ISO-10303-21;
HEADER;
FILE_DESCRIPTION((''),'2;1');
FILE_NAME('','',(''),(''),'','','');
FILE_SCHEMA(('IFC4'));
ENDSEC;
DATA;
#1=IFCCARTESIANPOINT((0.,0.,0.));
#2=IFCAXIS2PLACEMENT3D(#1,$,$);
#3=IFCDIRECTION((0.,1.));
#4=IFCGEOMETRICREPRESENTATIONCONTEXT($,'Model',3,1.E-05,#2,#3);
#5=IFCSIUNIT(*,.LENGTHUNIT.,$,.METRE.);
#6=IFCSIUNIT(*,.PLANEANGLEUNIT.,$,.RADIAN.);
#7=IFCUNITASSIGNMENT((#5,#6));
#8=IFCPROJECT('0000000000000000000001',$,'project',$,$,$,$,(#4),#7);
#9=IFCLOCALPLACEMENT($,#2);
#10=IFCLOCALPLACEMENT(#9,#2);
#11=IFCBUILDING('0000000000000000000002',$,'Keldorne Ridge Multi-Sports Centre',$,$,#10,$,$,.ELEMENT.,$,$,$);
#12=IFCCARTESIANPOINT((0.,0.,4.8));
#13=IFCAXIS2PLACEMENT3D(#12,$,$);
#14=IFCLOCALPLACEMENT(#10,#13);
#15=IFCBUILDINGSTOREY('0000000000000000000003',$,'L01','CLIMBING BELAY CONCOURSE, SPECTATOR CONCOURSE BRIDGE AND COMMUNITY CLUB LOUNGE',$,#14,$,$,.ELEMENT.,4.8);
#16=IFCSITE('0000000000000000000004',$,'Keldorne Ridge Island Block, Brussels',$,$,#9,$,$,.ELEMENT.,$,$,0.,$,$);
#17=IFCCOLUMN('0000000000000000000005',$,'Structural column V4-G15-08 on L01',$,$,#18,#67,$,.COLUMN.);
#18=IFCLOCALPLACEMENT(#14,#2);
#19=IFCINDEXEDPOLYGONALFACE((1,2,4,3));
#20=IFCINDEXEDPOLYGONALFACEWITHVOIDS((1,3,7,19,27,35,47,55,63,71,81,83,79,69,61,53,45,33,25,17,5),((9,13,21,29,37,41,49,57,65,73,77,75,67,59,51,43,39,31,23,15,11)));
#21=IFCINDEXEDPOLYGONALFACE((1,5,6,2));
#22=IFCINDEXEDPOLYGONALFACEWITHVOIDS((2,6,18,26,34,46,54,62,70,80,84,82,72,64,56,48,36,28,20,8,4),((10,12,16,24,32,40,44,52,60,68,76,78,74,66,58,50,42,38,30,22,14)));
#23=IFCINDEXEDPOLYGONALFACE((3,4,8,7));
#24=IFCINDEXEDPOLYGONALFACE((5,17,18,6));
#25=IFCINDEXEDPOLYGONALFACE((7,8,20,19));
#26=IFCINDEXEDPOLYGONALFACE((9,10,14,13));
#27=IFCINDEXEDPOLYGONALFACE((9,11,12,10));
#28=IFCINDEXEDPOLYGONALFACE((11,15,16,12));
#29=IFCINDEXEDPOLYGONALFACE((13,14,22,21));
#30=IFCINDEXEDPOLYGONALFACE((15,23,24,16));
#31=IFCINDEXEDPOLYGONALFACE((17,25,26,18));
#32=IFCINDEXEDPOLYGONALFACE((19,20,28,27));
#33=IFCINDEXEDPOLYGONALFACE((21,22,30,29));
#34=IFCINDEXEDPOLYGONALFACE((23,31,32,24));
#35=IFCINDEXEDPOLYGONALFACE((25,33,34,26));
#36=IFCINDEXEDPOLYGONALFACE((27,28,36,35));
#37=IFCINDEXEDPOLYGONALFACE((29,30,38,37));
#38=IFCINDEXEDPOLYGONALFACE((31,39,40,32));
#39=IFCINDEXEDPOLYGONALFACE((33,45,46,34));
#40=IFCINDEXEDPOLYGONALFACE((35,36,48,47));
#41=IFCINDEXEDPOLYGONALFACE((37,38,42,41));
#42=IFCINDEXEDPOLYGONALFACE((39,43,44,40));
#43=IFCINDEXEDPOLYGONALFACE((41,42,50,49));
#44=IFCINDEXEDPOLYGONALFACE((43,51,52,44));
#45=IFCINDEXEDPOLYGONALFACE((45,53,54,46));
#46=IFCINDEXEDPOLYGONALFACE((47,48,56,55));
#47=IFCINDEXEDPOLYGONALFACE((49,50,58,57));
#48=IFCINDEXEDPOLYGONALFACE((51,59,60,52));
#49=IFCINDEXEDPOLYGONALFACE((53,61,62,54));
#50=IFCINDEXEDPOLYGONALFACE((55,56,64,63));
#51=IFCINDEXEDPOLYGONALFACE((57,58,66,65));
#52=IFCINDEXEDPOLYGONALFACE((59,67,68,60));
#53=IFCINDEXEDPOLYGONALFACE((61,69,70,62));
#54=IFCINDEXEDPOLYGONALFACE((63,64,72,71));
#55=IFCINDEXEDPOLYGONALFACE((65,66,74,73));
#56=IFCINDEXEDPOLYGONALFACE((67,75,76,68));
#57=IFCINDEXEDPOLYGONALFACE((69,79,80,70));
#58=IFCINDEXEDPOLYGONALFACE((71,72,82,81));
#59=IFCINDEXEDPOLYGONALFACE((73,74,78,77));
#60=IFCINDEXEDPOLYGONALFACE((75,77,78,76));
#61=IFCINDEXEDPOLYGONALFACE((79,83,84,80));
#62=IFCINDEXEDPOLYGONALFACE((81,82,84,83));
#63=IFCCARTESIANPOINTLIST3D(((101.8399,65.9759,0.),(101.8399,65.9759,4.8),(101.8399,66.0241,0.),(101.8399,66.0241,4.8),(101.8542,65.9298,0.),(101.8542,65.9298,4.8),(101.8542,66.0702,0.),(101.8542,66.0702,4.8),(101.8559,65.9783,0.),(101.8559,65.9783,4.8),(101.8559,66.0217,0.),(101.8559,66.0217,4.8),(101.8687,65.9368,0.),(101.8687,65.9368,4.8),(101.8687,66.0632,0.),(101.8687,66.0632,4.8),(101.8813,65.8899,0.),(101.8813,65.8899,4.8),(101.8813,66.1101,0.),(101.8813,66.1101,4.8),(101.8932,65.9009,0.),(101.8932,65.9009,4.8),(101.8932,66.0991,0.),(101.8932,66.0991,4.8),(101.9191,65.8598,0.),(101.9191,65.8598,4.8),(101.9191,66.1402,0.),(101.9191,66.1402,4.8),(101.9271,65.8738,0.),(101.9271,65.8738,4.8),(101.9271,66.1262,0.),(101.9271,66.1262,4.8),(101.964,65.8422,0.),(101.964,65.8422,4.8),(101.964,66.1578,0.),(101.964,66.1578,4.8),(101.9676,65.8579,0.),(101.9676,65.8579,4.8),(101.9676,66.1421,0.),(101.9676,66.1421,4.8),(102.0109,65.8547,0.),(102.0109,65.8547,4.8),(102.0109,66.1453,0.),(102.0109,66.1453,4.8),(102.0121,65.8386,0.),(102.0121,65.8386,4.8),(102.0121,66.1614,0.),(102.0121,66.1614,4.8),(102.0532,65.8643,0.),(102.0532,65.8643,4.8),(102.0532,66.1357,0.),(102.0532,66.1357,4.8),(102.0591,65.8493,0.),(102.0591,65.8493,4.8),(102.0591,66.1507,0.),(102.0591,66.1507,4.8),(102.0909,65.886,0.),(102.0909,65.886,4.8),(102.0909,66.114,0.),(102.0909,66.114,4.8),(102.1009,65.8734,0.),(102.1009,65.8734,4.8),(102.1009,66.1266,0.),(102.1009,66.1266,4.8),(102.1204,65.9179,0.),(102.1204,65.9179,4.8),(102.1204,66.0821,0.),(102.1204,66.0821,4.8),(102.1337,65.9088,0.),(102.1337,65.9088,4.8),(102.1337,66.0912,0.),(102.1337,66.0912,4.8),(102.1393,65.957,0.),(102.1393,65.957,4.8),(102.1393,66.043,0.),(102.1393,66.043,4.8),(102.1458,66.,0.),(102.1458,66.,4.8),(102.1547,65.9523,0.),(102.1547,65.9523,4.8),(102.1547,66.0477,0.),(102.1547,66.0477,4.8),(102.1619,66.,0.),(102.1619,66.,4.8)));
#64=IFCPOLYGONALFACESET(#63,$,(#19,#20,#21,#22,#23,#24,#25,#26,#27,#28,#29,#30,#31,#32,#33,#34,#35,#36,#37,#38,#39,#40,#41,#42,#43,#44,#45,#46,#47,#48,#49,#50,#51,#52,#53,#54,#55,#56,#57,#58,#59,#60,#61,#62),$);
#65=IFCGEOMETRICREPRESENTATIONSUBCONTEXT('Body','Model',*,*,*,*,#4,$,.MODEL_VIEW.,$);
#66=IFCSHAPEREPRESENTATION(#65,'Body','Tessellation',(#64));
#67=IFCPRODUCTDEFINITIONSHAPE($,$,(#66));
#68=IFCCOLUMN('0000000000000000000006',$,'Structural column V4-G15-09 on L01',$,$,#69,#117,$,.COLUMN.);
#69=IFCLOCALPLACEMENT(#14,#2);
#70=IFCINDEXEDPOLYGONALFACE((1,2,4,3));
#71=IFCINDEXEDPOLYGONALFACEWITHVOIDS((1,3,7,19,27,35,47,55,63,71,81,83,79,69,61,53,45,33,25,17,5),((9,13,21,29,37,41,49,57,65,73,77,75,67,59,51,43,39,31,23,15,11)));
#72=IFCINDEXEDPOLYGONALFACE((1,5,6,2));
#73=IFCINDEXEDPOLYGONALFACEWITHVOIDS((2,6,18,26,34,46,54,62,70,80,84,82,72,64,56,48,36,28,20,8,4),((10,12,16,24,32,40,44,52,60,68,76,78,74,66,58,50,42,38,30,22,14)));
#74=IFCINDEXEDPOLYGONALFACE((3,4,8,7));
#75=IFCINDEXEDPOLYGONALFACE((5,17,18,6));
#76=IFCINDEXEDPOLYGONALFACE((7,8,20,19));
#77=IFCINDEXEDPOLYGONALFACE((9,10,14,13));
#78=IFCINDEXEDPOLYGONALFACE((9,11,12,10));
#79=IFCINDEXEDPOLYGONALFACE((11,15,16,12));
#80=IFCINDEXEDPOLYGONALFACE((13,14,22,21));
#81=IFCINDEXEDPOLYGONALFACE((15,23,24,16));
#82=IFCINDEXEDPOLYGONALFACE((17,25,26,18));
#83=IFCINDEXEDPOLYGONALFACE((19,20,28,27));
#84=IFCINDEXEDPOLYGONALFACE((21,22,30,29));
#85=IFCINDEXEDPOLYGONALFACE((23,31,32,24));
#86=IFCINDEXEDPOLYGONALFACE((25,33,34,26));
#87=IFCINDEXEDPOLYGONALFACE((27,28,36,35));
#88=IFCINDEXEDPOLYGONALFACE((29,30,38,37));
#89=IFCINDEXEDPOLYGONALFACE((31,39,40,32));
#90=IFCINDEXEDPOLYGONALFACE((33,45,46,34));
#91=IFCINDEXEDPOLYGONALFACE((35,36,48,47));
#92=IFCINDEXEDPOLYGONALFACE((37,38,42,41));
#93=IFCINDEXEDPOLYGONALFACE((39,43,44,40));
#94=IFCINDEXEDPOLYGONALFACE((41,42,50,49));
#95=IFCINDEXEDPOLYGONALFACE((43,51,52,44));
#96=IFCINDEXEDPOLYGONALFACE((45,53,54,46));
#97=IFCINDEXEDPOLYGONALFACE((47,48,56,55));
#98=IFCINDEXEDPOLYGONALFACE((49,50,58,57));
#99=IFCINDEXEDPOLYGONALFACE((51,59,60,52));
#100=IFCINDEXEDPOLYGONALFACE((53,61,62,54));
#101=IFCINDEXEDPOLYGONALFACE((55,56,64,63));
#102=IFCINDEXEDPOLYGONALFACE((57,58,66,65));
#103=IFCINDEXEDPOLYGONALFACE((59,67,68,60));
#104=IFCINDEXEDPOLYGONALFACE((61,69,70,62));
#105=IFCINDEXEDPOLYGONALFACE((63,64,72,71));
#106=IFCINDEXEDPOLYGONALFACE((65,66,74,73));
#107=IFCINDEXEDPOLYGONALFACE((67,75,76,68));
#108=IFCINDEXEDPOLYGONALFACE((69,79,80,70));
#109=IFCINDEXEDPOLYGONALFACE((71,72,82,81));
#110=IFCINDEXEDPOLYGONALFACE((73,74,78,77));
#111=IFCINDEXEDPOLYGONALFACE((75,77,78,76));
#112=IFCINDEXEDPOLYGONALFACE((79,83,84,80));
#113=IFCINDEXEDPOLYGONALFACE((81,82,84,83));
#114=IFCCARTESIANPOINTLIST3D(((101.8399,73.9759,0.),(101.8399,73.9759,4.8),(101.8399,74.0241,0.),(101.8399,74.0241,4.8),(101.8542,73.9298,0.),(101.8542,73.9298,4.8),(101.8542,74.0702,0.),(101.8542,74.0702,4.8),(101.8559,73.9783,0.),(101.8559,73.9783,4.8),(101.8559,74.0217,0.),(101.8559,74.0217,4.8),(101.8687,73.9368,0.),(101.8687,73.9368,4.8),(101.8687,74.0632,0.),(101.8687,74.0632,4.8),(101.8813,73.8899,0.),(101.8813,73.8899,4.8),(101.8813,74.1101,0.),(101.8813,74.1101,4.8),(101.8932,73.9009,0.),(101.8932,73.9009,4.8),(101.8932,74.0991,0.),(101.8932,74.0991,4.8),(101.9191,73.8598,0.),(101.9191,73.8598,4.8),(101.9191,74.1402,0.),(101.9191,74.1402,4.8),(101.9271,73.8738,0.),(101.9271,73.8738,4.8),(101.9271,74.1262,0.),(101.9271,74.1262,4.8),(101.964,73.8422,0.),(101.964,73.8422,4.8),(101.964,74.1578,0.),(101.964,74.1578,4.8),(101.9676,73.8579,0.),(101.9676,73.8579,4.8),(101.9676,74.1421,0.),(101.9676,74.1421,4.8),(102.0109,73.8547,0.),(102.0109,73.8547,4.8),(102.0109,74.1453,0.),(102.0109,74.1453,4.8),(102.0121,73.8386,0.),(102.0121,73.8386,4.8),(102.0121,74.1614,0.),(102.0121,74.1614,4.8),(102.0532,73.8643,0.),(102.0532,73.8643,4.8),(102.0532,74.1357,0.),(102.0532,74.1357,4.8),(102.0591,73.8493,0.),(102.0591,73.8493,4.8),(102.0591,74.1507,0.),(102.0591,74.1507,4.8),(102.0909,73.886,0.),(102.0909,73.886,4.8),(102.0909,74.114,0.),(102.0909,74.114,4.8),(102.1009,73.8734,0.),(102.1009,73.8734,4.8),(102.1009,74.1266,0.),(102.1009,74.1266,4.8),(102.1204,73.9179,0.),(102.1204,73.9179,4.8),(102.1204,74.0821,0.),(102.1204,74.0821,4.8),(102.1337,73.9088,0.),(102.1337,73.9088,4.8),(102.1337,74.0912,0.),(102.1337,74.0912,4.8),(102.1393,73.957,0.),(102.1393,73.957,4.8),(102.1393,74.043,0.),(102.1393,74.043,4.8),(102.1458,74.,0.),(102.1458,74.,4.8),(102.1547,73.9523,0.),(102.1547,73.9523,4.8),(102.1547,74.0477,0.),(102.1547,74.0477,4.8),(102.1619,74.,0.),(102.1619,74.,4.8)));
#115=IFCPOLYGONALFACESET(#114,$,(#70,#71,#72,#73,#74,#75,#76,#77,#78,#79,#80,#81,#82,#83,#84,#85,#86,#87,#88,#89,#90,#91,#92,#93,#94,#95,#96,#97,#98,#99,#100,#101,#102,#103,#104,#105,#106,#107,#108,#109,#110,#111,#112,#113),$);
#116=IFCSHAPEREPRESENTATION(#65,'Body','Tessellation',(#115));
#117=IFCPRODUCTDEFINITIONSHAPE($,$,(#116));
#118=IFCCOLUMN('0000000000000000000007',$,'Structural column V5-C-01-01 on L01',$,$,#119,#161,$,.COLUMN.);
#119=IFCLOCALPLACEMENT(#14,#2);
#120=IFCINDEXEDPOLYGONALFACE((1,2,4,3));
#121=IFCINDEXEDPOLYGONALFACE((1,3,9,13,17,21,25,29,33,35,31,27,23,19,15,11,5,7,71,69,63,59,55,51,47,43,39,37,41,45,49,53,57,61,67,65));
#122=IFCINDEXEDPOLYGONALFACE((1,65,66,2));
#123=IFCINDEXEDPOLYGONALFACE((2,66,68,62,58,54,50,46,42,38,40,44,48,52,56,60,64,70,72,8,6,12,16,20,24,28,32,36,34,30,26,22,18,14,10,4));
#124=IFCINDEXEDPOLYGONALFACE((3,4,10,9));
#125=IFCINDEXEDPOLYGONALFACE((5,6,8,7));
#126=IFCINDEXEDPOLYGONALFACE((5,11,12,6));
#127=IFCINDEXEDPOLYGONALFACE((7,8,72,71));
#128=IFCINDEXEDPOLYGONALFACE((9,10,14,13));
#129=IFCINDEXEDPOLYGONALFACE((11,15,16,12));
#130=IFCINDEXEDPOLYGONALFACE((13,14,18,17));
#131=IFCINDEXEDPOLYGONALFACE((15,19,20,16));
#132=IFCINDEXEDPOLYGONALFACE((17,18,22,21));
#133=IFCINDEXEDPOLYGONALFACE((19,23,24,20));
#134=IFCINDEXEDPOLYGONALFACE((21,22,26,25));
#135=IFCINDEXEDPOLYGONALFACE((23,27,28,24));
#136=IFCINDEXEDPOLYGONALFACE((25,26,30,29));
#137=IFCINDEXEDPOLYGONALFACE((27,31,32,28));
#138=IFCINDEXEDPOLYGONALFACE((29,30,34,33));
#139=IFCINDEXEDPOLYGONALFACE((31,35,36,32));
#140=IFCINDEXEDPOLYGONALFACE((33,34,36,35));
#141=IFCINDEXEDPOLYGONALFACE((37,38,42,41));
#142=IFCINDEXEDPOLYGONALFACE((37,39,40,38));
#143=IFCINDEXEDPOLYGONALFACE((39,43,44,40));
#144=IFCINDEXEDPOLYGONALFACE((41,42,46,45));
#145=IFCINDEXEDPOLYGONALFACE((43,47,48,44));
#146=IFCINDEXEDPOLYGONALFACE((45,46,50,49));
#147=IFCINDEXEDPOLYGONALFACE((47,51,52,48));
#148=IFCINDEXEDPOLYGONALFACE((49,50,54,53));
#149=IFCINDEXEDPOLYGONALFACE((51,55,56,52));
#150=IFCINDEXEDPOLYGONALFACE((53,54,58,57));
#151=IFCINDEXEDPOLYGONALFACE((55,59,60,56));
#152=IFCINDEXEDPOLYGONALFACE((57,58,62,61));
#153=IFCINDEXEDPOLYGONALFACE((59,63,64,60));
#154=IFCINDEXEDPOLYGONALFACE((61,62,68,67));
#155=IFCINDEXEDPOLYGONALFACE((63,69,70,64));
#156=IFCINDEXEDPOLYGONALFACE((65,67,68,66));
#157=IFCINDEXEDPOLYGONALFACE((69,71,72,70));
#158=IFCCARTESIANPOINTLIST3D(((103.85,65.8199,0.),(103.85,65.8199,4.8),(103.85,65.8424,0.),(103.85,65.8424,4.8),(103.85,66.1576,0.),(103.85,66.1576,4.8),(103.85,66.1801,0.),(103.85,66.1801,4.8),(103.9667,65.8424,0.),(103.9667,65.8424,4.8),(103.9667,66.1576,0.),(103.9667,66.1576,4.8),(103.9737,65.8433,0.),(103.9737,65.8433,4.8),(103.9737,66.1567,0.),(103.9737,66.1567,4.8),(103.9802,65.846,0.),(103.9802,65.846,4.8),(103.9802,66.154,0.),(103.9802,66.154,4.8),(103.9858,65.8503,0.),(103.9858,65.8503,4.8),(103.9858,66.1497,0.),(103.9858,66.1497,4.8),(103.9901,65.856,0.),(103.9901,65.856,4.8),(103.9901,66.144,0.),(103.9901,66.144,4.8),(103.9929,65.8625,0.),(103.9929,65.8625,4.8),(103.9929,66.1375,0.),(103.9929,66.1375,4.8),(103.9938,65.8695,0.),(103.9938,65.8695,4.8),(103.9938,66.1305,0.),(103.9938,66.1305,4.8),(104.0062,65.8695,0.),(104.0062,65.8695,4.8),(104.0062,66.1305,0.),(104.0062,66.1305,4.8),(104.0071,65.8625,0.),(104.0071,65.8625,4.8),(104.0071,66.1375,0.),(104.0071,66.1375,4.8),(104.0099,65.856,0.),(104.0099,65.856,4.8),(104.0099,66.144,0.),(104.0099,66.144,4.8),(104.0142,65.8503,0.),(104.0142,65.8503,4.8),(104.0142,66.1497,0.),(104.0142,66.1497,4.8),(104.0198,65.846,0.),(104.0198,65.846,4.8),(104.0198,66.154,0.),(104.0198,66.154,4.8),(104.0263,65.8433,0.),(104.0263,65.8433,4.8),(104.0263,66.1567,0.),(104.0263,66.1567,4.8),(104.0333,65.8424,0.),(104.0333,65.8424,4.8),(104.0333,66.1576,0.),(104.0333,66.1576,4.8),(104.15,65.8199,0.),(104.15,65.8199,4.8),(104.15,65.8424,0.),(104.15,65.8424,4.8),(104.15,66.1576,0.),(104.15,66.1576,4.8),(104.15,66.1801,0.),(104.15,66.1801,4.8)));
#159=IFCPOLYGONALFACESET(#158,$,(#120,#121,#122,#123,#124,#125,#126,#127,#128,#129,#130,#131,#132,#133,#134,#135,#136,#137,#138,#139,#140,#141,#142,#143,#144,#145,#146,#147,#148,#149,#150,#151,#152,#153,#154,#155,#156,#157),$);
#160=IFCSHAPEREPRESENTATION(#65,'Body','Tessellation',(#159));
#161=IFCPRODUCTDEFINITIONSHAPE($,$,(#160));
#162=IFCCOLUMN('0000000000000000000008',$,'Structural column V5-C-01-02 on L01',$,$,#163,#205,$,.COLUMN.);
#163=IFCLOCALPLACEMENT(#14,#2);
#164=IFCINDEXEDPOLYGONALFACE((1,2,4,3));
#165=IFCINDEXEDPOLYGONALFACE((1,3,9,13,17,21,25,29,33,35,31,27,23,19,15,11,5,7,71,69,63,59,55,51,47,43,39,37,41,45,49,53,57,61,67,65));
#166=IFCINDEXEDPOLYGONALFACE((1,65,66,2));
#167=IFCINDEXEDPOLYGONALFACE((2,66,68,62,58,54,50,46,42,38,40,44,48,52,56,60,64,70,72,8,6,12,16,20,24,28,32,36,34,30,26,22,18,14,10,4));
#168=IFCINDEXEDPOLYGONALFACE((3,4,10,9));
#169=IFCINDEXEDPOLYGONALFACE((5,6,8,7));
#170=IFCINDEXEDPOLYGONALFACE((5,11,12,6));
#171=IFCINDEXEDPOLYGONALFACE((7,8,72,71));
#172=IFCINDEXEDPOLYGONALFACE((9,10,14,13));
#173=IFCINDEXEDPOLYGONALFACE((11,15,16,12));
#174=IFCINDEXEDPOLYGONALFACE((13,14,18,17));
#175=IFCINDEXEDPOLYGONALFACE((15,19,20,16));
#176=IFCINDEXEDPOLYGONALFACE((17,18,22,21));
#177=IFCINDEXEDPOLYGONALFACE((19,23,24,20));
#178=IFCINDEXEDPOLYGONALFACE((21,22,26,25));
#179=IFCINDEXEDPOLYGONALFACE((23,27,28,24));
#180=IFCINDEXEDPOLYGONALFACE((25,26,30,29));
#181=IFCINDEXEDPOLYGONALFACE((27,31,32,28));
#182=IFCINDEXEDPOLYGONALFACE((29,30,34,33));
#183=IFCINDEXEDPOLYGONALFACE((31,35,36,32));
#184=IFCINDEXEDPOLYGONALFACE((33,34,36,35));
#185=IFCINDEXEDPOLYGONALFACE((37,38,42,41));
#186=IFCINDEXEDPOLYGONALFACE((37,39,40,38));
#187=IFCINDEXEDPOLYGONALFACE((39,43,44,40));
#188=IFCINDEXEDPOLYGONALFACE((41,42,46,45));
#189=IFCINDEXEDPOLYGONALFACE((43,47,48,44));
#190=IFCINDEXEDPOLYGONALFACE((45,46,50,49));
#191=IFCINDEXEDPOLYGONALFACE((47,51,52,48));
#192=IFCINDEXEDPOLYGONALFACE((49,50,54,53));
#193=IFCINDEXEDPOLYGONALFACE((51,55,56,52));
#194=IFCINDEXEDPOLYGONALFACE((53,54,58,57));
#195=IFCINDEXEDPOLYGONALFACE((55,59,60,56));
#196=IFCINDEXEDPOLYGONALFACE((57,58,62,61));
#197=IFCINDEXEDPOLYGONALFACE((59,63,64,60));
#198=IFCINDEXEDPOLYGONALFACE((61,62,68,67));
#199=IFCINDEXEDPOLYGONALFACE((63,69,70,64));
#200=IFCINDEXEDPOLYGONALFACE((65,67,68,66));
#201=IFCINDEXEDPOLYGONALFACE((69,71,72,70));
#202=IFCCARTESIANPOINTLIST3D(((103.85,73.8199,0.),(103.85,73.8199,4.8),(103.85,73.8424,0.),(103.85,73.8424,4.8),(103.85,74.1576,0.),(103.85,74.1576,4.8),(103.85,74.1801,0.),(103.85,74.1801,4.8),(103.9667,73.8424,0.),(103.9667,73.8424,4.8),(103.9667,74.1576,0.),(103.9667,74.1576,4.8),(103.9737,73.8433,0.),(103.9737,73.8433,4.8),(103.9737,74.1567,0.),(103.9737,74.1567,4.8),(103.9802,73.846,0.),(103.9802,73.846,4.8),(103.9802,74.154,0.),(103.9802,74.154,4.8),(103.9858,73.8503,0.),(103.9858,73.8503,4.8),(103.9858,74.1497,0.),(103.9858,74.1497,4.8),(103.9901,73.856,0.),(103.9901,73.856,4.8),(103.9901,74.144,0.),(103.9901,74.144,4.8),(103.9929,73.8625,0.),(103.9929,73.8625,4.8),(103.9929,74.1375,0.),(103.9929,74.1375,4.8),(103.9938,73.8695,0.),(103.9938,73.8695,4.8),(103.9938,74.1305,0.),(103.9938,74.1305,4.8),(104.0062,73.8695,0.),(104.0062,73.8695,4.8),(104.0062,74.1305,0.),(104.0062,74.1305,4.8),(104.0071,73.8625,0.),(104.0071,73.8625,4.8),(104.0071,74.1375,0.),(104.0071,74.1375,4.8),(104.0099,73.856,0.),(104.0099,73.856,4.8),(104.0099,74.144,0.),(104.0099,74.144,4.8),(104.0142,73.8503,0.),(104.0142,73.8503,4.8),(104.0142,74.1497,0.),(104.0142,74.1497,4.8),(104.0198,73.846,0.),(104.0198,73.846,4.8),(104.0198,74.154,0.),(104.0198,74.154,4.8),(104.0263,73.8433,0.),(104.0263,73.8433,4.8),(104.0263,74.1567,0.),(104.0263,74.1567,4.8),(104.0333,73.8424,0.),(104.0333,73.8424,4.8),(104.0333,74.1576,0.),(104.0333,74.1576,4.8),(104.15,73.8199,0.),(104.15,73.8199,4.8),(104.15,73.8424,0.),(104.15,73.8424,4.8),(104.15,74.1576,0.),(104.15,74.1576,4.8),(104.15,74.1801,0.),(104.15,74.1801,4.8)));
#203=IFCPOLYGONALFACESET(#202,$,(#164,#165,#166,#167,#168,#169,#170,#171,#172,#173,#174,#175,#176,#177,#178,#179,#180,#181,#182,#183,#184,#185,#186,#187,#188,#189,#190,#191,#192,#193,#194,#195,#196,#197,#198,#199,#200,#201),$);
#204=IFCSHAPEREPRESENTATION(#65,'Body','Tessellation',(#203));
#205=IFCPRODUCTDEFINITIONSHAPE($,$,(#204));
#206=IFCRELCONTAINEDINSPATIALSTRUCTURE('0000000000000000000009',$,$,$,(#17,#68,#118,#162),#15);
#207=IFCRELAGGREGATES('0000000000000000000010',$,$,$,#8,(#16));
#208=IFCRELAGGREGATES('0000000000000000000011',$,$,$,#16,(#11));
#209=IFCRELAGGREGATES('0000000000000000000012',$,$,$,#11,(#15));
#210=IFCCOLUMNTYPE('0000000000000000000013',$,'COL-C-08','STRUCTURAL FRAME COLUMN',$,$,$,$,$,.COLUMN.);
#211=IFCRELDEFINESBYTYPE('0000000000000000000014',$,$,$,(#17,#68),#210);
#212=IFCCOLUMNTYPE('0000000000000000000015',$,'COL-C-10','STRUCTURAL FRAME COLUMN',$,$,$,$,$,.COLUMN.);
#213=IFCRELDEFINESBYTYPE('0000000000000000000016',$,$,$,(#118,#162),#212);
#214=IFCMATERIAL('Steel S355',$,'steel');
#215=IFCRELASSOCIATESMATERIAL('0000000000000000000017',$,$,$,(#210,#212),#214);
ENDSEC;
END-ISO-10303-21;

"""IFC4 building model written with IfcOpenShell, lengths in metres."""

from ifc_helpers import new_model, si_unit, direction, frame, origin, origin_2d, place, context, subcontext, project, spatial, hollow_circle, i_section, extrude, material, material_profile, profile_set, type_object, element, save


model = new_model("IFC4")

# Units and contexts
model_context = context("Model", 3, precision=1e-05, world=origin(), true_north=direction((0.0, 1.0)))
body_context = subcontext(model_context, "Body", "Model", "MODEL_VIEW")
ifc_project = project(units=[si_unit("LENGTHUNIT", "METRE"), si_unit("PLANEANGLEUNIT", "RADIAN")], contexts=[model_context])

# Site, building, storey
site_placement = place(None, origin())
site = spatial("IfcSite", under=ifc_project, at=site_placement, Name="Keldorne Ridge Island Block, Brussels", CompositionType="ELEMENT", RefElevation=0.0)
building_placement = place(site_placement, origin())
building = spatial("IfcBuilding", under=site, at=building_placement, Name="Keldorne Ridge Multi-Sports Centre", CompositionType="ELEMENT")
storey_placement = place(building_placement, frame((0.0, 0.0, 4.8)))
storey = spatial("IfcBuildingStorey", under=building, at=storey_placement, Name="L01", Description="CLIMBING BELAY CONCOURSE, SPECTATOR CONCOURSE BRIDGE AND COMMUNITY CLUB LOUNGE", CompositionType="ELEMENT", Elevation=4.8)

# Columns
ifc_material_1 = material(Name="Steel S355", Category="steel")
ifc_material_profile_1 = material_profile(ifc_material_1, hollow_circle(Radius=0.1619, WallThickness=0.0161, at=origin_2d()), Name="CHS 323.9x16")
ifc_profile_set_1 = profile_set([ifc_material_profile_1], Name="Steel S355")
column_type_1 = type_object("IfcColumnType", Name="COL-C-08", Description="STRUCTURAL FRAME COLUMN", PredefinedType="COLUMN", material=ifc_profile_set_1)
for number, where, z_axis, x_axis, name in (
    (1, (102.0, 66.0, 0.0), (0.0, 0.0, 1.0), (1.0, 0.0, 0.0), "Structural column V4-G15-08 on L01"),
    (2, (102.0, 74.0, 0.0), (0.0, 0.0, 1.0), (1.0, 0.0, 0.0), "Structural column V4-G15-09 on L01"),
):
    element("IfcColumn", number, at=place(storey_placement, frame(where, z_axis=z_axis, x_axis=x_axis)), inside=storey, type_object=column_type_1, Name=name, PredefinedType="COLUMN", context=body_context, shape_type="SweptSolid", body=[
        extrude(hollow_circle(Radius=0.1619, WallThickness=0.0161, at=origin_2d()), origin(), (0.0, 0.0, 1.0), 4.8),
    ])
ifc_material_profile_2 = material_profile(ifc_material_1, i_section(OverallWidth=0.3, OverallDepth=0.3601, WebThickness=0.0125, FlangeThickness=0.0225, FilletRadius=0.0271, at=origin_2d()), Name="HEB 360")
ifc_profile_set_2 = profile_set([ifc_material_profile_2], Name="Steel S355")
column_type_2 = type_object("IfcColumnType", Name="COL-C-10", Description="STRUCTURAL FRAME COLUMN", PredefinedType="COLUMN", material=ifc_profile_set_2)
for number, where, z_axis, x_axis, name in (
    (3, (104.0, 66.0, 0.0), (0.0, 0.0, 1.0), (1.0, 0.0, 0.0), "Structural column V5-C-01-01 on L01"),
    (4, (104.0, 74.0, 0.0), (0.0, 0.0, 1.0), (1.0, 0.0, 0.0), "Structural column V5-C-01-02 on L01"),
):
    element("IfcColumn", number, at=place(storey_placement, frame(where, z_axis=z_axis, x_axis=x_axis)), inside=storey, type_object=column_type_2, Name=name, PredefinedType="COLUMN", context=body_context, shape_type="SweptSolid", body=[
        extrude(i_section(OverallWidth=0.3, OverallDepth=0.3601, WebThickness=0.0125, FlangeThickness=0.0225, FilletRadius=0.0271, at=origin_2d()), origin(), (0.0, 0.0, 1.0), 4.8),
    ])

save(model, "model.ifc")
